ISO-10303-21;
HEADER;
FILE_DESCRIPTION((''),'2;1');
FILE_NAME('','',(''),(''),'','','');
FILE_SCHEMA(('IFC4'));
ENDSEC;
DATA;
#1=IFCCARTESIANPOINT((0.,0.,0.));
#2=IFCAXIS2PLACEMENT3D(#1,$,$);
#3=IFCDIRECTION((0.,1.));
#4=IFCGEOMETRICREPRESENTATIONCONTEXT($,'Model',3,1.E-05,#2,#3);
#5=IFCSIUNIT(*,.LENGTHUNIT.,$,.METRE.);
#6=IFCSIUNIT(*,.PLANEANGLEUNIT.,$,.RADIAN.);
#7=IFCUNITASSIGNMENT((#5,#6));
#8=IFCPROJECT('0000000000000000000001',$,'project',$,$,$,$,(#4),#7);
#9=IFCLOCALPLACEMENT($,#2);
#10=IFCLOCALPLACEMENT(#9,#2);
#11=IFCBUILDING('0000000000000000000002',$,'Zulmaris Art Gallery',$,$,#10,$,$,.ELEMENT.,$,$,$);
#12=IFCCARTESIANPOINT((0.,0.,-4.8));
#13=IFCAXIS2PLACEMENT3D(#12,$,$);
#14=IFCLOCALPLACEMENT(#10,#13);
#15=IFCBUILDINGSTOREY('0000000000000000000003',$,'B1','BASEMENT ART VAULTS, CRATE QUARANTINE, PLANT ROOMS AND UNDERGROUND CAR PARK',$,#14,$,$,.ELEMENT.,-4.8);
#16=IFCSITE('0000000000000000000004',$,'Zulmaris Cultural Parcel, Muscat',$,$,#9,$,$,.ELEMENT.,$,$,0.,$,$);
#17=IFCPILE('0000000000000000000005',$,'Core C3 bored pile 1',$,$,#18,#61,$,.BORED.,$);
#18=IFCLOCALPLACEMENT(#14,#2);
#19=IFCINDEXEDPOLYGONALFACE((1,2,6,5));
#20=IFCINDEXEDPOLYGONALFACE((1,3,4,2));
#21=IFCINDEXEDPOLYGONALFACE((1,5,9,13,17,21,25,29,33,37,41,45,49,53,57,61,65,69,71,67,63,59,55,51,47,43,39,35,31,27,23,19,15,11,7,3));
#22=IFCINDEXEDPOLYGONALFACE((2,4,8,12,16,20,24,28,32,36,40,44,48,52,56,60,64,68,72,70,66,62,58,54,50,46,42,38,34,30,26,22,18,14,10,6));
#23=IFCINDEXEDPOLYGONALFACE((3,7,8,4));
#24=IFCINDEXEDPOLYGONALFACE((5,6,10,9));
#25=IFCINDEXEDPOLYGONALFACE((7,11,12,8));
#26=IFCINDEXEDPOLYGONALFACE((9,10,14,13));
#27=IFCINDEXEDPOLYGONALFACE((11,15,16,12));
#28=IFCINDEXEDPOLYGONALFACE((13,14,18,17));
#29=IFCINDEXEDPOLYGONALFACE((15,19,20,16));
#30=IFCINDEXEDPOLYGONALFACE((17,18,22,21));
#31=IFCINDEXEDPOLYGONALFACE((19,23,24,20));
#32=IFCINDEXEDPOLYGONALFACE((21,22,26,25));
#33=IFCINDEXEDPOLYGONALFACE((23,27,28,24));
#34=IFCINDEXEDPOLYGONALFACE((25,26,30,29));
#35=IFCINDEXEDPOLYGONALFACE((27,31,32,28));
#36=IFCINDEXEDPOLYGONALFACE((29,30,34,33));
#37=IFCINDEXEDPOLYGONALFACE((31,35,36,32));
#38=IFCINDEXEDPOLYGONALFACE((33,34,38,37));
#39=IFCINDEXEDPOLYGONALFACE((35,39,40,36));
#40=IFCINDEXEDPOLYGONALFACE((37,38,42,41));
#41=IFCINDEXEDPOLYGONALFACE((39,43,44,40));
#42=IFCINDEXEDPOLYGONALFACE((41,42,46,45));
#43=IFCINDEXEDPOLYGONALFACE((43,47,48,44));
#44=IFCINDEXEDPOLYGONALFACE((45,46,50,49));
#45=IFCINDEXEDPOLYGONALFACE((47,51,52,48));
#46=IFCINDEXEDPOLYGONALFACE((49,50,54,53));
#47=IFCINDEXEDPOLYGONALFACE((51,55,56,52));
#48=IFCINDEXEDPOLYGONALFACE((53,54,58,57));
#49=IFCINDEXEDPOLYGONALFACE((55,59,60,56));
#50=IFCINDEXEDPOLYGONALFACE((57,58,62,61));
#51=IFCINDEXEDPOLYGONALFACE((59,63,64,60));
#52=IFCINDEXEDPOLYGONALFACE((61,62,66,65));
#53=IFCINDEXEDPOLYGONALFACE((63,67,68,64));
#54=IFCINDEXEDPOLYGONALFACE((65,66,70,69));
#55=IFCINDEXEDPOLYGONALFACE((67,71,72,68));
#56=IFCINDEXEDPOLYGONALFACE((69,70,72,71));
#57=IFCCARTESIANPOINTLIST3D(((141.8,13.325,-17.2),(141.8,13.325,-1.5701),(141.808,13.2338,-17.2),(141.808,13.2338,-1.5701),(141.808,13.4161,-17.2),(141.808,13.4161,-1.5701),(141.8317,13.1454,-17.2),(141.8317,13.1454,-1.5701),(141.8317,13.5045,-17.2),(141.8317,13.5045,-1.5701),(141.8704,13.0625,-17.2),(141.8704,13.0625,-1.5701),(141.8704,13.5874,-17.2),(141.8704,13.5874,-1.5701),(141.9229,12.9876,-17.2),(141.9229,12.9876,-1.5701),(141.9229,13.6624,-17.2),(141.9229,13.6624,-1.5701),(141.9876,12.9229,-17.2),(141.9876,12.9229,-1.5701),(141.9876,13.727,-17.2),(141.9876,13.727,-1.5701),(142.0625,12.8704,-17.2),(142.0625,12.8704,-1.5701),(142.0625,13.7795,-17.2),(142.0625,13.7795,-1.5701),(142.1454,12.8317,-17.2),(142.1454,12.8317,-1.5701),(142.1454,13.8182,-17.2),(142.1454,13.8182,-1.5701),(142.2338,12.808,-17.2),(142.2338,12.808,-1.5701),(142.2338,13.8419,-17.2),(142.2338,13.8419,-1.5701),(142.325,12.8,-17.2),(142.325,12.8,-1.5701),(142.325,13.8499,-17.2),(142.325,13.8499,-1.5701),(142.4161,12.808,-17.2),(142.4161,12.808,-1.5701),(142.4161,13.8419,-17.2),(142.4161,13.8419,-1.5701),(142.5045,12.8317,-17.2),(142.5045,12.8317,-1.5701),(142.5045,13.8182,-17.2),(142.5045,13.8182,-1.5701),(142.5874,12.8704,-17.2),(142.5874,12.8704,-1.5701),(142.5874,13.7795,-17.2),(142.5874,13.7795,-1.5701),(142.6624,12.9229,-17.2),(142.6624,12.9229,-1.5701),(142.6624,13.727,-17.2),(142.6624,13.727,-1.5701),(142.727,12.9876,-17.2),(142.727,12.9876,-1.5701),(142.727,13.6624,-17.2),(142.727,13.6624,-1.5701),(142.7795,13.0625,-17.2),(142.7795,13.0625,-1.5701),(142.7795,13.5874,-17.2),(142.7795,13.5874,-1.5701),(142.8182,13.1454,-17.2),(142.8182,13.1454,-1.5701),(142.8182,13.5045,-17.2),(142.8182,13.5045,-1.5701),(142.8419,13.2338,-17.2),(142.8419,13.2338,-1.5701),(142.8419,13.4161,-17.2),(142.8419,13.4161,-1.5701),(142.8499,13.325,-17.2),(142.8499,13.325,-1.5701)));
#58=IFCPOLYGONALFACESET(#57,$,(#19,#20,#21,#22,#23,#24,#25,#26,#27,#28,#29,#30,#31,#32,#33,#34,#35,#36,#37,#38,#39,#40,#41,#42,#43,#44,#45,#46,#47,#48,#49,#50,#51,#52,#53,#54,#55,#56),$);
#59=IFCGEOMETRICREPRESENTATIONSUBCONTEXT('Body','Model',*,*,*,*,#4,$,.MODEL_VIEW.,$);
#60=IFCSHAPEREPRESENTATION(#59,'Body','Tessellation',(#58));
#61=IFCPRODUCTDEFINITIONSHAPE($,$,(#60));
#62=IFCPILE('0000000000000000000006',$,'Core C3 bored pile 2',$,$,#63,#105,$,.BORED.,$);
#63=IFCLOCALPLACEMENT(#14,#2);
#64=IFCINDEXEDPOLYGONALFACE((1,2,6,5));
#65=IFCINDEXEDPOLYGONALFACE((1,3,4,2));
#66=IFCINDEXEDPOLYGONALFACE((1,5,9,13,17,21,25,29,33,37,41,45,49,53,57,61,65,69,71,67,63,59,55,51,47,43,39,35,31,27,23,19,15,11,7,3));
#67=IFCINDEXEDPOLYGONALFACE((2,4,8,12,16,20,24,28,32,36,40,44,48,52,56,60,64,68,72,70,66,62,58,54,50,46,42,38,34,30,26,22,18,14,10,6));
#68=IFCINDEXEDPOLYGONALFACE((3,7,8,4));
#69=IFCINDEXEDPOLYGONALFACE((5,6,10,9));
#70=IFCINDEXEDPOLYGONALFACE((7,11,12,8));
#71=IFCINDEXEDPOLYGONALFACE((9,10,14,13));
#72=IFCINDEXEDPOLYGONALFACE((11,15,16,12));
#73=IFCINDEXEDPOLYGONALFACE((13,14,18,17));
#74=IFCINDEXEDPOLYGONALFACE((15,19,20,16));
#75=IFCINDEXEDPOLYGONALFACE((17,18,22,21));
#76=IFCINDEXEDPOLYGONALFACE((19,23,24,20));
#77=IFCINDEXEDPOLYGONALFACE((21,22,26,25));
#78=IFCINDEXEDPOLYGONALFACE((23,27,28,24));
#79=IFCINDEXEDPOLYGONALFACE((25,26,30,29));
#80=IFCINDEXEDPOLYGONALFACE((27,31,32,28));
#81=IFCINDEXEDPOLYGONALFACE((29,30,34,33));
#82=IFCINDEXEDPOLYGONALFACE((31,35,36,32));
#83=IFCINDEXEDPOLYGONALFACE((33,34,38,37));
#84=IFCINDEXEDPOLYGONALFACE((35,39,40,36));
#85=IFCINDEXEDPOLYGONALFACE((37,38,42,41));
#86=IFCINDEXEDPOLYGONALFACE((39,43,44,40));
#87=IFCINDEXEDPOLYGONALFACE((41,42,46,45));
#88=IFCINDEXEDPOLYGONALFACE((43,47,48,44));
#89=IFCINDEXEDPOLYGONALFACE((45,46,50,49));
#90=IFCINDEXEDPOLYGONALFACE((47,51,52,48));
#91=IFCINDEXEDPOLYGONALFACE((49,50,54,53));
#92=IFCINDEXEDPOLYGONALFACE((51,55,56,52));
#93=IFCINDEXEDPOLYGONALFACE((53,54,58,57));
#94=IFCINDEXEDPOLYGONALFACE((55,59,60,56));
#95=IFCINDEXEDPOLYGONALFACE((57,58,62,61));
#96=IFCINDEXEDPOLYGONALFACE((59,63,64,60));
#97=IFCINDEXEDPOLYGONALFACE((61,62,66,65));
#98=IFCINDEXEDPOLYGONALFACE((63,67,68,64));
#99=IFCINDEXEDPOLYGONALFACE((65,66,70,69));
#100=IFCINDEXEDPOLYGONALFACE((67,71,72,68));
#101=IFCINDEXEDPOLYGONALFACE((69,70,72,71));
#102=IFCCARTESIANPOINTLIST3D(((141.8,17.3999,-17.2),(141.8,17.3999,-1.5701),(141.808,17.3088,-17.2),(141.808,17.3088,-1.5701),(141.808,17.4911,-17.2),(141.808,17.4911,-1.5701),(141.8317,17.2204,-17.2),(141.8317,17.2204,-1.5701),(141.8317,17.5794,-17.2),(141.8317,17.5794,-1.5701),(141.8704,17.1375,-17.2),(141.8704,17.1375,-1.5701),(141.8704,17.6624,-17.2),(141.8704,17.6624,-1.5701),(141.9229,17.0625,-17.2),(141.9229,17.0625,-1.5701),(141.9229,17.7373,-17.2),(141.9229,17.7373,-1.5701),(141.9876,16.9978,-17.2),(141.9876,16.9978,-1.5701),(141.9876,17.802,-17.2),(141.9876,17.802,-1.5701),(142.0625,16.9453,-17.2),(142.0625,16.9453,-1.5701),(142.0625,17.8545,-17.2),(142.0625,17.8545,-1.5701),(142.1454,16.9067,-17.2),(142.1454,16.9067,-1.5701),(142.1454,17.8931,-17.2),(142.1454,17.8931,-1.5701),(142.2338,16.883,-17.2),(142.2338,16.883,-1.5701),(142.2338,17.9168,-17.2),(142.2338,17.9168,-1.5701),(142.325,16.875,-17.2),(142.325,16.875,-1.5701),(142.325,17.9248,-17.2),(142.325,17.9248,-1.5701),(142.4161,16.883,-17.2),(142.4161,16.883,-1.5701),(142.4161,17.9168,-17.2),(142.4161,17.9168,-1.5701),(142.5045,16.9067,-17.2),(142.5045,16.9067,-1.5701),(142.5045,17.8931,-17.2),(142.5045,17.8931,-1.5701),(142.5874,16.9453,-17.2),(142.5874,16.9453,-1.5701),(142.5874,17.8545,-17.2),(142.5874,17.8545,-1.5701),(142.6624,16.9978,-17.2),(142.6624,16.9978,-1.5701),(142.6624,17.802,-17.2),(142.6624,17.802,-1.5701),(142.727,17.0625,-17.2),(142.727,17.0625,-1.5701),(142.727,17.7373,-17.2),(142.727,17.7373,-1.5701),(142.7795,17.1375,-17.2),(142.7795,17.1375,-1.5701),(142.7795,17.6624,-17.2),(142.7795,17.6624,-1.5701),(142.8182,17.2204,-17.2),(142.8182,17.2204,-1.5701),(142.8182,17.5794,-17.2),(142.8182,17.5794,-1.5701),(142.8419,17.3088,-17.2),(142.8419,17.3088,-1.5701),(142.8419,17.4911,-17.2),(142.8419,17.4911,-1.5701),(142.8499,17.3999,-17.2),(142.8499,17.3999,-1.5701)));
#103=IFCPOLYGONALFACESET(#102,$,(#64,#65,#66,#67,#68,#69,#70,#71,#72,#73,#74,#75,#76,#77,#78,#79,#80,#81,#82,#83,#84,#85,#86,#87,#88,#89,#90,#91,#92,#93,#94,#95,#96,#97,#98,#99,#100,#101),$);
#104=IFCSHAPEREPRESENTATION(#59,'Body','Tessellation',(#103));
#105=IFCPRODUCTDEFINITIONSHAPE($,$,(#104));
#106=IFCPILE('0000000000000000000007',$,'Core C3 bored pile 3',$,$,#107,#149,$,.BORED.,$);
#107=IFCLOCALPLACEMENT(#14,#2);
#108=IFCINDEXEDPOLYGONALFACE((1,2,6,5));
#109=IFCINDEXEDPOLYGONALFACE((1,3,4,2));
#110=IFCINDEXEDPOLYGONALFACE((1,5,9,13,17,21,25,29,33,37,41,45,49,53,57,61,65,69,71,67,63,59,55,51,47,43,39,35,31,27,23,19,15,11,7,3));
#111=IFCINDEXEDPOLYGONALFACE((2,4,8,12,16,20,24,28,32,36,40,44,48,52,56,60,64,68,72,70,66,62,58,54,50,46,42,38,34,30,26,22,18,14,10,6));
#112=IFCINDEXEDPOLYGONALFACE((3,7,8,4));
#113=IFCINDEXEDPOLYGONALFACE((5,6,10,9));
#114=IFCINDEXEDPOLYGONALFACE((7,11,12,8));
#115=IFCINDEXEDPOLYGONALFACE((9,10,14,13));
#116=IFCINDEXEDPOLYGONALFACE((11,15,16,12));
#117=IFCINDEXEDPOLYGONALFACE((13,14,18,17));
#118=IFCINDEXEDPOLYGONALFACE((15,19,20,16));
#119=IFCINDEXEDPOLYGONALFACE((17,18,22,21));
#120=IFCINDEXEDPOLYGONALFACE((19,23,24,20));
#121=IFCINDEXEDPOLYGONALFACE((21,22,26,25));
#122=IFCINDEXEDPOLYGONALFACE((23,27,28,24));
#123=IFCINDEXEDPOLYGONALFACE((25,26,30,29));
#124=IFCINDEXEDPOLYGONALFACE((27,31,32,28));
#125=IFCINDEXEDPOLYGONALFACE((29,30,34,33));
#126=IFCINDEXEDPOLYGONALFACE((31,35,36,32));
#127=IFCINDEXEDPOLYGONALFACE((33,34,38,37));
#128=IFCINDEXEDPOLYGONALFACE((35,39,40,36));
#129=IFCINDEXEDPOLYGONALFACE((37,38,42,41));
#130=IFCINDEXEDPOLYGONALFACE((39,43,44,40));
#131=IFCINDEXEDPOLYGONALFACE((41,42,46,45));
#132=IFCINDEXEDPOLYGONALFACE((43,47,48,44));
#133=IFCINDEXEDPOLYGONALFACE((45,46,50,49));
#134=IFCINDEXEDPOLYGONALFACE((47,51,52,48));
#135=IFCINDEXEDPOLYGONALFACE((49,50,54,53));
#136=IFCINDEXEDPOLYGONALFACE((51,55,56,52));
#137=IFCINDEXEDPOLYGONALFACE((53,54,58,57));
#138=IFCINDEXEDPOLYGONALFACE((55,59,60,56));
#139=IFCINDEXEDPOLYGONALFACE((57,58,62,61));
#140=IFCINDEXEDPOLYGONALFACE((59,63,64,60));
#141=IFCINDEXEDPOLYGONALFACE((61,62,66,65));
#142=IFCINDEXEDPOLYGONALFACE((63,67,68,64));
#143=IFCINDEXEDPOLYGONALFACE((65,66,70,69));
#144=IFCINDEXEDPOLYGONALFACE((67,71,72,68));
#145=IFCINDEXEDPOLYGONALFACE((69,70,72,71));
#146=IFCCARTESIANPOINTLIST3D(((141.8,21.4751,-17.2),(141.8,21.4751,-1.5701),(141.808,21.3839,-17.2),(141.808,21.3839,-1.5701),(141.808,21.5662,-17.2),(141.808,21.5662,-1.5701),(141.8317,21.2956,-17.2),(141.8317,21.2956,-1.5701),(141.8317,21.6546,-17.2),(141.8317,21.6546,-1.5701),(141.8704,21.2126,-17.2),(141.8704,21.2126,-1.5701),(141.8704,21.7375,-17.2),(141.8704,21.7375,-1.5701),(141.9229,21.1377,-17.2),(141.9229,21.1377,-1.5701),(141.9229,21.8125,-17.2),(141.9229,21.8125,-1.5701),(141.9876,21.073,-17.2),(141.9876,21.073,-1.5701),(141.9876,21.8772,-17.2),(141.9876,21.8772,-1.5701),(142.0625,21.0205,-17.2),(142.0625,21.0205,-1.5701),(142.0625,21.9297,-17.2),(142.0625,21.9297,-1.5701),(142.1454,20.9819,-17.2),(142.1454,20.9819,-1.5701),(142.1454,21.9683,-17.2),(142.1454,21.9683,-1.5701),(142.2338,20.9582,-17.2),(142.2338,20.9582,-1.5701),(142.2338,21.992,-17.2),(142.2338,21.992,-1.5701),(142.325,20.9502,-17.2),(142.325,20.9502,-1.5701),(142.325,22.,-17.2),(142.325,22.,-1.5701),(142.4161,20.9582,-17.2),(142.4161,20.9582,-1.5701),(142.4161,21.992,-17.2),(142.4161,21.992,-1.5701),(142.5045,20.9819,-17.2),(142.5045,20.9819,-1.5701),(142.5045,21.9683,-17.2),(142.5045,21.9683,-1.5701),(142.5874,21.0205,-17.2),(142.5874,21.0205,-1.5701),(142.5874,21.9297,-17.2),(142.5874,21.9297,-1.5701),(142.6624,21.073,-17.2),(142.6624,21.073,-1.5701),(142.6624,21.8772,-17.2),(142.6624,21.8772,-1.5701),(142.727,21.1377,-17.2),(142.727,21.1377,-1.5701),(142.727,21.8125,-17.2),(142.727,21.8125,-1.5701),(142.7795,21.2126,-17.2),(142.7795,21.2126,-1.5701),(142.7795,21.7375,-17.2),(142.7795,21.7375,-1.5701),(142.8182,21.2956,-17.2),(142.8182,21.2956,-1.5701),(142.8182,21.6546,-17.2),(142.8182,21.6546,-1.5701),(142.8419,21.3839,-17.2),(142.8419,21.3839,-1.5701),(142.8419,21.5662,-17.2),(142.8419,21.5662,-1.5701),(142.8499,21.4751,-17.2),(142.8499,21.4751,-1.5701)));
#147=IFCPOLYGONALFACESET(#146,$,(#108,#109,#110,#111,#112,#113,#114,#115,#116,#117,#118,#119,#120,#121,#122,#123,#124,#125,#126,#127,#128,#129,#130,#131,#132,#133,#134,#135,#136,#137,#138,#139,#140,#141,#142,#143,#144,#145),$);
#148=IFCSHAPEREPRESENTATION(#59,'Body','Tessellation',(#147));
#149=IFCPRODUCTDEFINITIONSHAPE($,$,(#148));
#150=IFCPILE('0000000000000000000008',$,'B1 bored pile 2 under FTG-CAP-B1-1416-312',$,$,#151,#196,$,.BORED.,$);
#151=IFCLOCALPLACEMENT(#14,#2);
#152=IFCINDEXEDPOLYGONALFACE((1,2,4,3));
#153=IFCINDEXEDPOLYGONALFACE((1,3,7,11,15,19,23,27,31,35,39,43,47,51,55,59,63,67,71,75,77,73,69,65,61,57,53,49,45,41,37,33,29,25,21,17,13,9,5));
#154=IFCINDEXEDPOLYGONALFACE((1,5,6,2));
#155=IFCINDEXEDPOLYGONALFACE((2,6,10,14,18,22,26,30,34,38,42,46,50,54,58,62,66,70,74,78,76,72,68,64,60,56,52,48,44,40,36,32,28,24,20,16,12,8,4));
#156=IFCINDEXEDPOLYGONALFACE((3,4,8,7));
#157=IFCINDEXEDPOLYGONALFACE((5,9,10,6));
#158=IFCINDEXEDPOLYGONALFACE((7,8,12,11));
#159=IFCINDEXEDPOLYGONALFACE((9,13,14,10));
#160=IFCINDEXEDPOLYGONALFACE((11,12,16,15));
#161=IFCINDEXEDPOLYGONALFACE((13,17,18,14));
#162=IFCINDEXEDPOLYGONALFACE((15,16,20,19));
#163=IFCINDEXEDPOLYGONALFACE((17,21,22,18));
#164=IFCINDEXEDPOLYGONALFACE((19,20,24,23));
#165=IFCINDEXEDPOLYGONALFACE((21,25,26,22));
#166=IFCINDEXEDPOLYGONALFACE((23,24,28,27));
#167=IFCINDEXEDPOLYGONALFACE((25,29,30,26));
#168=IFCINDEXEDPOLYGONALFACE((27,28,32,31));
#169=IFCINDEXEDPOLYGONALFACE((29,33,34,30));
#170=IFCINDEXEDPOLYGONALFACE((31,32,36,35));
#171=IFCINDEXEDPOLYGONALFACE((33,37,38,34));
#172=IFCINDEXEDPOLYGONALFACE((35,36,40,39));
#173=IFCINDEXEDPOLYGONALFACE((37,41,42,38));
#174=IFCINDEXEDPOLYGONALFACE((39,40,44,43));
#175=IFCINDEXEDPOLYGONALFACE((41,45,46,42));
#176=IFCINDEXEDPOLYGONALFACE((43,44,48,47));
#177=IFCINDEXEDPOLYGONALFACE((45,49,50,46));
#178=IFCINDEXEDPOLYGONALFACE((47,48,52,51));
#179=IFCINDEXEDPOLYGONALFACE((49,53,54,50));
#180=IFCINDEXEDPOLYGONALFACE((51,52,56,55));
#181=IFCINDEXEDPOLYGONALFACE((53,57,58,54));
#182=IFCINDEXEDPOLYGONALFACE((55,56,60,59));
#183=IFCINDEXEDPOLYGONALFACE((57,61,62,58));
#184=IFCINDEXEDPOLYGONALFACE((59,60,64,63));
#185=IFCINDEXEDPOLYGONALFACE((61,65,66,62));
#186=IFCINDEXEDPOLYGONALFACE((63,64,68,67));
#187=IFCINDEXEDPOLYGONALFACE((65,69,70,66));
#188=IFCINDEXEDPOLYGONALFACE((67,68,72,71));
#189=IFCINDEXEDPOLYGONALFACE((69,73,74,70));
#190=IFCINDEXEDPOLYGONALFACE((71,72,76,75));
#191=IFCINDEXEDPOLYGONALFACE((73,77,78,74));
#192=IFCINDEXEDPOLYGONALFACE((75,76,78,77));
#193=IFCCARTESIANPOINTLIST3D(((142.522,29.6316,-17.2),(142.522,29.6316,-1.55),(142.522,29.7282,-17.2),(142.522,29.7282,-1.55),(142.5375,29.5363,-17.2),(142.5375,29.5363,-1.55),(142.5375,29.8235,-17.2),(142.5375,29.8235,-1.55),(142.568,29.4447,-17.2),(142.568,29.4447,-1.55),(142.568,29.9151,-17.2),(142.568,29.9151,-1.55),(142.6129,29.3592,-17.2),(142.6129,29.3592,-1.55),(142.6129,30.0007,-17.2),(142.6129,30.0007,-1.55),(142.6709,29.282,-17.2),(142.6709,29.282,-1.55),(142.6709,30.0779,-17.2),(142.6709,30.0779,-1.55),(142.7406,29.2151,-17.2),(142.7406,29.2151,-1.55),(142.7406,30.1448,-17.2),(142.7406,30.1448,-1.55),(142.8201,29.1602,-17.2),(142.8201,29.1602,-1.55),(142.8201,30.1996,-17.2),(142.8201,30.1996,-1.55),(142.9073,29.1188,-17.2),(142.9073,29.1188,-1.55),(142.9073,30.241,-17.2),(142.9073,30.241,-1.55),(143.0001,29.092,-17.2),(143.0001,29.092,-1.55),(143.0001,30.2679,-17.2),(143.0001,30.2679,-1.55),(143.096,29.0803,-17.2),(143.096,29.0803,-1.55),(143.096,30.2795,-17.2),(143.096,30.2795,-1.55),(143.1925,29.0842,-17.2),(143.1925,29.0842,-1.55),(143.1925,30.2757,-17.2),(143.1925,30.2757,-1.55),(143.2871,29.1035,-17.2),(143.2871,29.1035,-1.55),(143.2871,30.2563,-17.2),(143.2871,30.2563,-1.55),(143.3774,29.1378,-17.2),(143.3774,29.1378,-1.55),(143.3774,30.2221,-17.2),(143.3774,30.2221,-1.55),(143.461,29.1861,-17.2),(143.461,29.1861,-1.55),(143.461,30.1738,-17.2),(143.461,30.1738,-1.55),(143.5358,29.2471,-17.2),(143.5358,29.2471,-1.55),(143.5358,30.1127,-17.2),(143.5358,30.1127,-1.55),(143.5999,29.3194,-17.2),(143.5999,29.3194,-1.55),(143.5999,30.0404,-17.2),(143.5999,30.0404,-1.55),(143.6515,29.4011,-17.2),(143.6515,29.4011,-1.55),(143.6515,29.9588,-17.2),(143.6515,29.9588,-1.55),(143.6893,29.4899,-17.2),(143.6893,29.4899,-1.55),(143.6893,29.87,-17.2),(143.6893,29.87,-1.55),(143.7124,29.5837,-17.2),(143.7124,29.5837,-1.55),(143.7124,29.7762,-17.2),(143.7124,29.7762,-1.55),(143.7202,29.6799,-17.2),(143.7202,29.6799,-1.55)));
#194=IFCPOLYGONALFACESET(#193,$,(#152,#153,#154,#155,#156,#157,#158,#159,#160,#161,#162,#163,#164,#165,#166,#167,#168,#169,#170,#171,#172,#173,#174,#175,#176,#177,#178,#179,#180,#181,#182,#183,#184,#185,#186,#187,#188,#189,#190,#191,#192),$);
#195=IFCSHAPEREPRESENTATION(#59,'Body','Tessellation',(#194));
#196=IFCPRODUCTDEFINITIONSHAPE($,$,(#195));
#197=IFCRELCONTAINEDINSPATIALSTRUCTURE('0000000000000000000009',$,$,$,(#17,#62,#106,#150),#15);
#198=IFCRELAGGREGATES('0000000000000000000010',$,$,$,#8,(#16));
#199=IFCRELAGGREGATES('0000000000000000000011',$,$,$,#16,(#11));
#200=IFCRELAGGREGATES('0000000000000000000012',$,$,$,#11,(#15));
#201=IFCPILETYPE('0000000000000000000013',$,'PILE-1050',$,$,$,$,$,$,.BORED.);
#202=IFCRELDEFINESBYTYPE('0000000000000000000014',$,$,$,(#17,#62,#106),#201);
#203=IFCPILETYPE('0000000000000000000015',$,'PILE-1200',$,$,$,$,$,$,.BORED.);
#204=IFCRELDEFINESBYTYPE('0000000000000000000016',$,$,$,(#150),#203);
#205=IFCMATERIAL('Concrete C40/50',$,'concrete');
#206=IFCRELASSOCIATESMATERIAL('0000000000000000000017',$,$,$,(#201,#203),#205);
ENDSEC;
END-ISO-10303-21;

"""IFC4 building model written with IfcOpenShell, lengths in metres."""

from ifc_helpers import new_model, si_unit, direction, frame, origin, origin_2d, place, context, subcontext, project, spatial, circle, extrude, material, material_profile, profile_set, type_object, element, save


model = new_model("IFC4")

# Units and contexts
model_context = context("Model", 3, precision=1e-05, world=origin(), true_north=direction((0.0, 1.0)))
body_context = subcontext(model_context, "Body", "Model", "MODEL_VIEW")
ifc_project = project(units=[si_unit("LENGTHUNIT", "METRE"), si_unit("PLANEANGLEUNIT", "RADIAN")], contexts=[model_context])

# Site, building, storey
site_placement = place(None, origin())
site = spatial("IfcSite", under=ifc_project, at=site_placement, Name="Zulmaris Cultural Parcel, Muscat", CompositionType="ELEMENT", RefElevation=0.0)
building_placement = place(site_placement, origin())
building = spatial("IfcBuilding", under=site, at=building_placement, Name="Zulmaris Art Gallery", CompositionType="ELEMENT")
storey_placement = place(building_placement, frame((0.0, 0.0, -4.8)))
storey = spatial("IfcBuildingStorey", under=building, at=storey_placement, Name="B1", Description="BASEMENT ART VAULTS, CRATE QUARANTINE, PLANT ROOMS AND UNDERGROUND CAR PARK", CompositionType="ELEMENT", Elevation=-4.8)

# Piles
ifc_material_1 = material(Name="Concrete C40/50", Category="concrete")
ifc_material_profile_1 = material_profile(ifc_material_1, circle(Radius=0.5249, at=origin_2d()), Name="PILE DIA 1050")
ifc_profile_set_1 = profile_set([ifc_material_profile_1], Name="Concrete C40/50")
pile_type_1 = type_object("IfcPileType", Name="PILE-1050", PredefinedType="BORED", material=ifc_profile_set_1)
for number, where, z_axis, x_axis, name in (
    (1, (142.325, 13.325, -1.5701), (0.0, 0.0, -1.0), (1.0, 0.0, 0.0), "Core C3 bored pile 1"),
    (2, (142.325, 17.3999, -1.5701), (0.0, 0.0, -1.0), (1.0, 0.0, 0.0), "Core C3 bored pile 2"),
    (3, (142.325, 21.4751, -1.5701), (0.0, 0.0, -1.0), (1.0, 0.0, 0.0), "Core C3 bored pile 3"),
):
    element("IfcPile", number, at=place(storey_placement, frame(where, z_axis=z_axis, x_axis=x_axis)), inside=storey, type_object=pile_type_1, Name=name, PredefinedType="BORED", context=body_context, shape_type="SweptSolid", body=[
        extrude(circle(Radius=0.5249, at=origin_2d()), origin(), (0.0, 0.0, 1.0), 15.6299),
    ])
ifc_material_profile_2 = material_profile(ifc_material_1, circle(Radius=0.6001, at=origin_2d()), Name="PILE DIA 1200")
ifc_profile_set_2 = profile_set([ifc_material_profile_2], Name="Concrete C40/50")
pile_type_2 = type_object("IfcPileType", Name="PILE-1200", PredefinedType="BORED", material=ifc_profile_set_2)
for number, where, z_axis, x_axis, name in (
    (4, (143.1201, 29.6799, -1.55), (0.0, 0.0, -1.0), (1.0, 0.0, 0.0), "B1 bored pile 2 under FTG-CAP-B1-1416-312"),
):
    element("IfcPile", number, at=place(storey_placement, frame(where, z_axis=z_axis, x_axis=x_axis)), inside=storey, type_object=pile_type_2, Name=name, PredefinedType="BORED", context=body_context, shape_type="SweptSolid", body=[
        extrude(circle(Radius=0.6001, at=origin_2d()), origin(), (0.0, 0.0, 1.0), 15.6499),
    ])

save(model, "model.ifc")
